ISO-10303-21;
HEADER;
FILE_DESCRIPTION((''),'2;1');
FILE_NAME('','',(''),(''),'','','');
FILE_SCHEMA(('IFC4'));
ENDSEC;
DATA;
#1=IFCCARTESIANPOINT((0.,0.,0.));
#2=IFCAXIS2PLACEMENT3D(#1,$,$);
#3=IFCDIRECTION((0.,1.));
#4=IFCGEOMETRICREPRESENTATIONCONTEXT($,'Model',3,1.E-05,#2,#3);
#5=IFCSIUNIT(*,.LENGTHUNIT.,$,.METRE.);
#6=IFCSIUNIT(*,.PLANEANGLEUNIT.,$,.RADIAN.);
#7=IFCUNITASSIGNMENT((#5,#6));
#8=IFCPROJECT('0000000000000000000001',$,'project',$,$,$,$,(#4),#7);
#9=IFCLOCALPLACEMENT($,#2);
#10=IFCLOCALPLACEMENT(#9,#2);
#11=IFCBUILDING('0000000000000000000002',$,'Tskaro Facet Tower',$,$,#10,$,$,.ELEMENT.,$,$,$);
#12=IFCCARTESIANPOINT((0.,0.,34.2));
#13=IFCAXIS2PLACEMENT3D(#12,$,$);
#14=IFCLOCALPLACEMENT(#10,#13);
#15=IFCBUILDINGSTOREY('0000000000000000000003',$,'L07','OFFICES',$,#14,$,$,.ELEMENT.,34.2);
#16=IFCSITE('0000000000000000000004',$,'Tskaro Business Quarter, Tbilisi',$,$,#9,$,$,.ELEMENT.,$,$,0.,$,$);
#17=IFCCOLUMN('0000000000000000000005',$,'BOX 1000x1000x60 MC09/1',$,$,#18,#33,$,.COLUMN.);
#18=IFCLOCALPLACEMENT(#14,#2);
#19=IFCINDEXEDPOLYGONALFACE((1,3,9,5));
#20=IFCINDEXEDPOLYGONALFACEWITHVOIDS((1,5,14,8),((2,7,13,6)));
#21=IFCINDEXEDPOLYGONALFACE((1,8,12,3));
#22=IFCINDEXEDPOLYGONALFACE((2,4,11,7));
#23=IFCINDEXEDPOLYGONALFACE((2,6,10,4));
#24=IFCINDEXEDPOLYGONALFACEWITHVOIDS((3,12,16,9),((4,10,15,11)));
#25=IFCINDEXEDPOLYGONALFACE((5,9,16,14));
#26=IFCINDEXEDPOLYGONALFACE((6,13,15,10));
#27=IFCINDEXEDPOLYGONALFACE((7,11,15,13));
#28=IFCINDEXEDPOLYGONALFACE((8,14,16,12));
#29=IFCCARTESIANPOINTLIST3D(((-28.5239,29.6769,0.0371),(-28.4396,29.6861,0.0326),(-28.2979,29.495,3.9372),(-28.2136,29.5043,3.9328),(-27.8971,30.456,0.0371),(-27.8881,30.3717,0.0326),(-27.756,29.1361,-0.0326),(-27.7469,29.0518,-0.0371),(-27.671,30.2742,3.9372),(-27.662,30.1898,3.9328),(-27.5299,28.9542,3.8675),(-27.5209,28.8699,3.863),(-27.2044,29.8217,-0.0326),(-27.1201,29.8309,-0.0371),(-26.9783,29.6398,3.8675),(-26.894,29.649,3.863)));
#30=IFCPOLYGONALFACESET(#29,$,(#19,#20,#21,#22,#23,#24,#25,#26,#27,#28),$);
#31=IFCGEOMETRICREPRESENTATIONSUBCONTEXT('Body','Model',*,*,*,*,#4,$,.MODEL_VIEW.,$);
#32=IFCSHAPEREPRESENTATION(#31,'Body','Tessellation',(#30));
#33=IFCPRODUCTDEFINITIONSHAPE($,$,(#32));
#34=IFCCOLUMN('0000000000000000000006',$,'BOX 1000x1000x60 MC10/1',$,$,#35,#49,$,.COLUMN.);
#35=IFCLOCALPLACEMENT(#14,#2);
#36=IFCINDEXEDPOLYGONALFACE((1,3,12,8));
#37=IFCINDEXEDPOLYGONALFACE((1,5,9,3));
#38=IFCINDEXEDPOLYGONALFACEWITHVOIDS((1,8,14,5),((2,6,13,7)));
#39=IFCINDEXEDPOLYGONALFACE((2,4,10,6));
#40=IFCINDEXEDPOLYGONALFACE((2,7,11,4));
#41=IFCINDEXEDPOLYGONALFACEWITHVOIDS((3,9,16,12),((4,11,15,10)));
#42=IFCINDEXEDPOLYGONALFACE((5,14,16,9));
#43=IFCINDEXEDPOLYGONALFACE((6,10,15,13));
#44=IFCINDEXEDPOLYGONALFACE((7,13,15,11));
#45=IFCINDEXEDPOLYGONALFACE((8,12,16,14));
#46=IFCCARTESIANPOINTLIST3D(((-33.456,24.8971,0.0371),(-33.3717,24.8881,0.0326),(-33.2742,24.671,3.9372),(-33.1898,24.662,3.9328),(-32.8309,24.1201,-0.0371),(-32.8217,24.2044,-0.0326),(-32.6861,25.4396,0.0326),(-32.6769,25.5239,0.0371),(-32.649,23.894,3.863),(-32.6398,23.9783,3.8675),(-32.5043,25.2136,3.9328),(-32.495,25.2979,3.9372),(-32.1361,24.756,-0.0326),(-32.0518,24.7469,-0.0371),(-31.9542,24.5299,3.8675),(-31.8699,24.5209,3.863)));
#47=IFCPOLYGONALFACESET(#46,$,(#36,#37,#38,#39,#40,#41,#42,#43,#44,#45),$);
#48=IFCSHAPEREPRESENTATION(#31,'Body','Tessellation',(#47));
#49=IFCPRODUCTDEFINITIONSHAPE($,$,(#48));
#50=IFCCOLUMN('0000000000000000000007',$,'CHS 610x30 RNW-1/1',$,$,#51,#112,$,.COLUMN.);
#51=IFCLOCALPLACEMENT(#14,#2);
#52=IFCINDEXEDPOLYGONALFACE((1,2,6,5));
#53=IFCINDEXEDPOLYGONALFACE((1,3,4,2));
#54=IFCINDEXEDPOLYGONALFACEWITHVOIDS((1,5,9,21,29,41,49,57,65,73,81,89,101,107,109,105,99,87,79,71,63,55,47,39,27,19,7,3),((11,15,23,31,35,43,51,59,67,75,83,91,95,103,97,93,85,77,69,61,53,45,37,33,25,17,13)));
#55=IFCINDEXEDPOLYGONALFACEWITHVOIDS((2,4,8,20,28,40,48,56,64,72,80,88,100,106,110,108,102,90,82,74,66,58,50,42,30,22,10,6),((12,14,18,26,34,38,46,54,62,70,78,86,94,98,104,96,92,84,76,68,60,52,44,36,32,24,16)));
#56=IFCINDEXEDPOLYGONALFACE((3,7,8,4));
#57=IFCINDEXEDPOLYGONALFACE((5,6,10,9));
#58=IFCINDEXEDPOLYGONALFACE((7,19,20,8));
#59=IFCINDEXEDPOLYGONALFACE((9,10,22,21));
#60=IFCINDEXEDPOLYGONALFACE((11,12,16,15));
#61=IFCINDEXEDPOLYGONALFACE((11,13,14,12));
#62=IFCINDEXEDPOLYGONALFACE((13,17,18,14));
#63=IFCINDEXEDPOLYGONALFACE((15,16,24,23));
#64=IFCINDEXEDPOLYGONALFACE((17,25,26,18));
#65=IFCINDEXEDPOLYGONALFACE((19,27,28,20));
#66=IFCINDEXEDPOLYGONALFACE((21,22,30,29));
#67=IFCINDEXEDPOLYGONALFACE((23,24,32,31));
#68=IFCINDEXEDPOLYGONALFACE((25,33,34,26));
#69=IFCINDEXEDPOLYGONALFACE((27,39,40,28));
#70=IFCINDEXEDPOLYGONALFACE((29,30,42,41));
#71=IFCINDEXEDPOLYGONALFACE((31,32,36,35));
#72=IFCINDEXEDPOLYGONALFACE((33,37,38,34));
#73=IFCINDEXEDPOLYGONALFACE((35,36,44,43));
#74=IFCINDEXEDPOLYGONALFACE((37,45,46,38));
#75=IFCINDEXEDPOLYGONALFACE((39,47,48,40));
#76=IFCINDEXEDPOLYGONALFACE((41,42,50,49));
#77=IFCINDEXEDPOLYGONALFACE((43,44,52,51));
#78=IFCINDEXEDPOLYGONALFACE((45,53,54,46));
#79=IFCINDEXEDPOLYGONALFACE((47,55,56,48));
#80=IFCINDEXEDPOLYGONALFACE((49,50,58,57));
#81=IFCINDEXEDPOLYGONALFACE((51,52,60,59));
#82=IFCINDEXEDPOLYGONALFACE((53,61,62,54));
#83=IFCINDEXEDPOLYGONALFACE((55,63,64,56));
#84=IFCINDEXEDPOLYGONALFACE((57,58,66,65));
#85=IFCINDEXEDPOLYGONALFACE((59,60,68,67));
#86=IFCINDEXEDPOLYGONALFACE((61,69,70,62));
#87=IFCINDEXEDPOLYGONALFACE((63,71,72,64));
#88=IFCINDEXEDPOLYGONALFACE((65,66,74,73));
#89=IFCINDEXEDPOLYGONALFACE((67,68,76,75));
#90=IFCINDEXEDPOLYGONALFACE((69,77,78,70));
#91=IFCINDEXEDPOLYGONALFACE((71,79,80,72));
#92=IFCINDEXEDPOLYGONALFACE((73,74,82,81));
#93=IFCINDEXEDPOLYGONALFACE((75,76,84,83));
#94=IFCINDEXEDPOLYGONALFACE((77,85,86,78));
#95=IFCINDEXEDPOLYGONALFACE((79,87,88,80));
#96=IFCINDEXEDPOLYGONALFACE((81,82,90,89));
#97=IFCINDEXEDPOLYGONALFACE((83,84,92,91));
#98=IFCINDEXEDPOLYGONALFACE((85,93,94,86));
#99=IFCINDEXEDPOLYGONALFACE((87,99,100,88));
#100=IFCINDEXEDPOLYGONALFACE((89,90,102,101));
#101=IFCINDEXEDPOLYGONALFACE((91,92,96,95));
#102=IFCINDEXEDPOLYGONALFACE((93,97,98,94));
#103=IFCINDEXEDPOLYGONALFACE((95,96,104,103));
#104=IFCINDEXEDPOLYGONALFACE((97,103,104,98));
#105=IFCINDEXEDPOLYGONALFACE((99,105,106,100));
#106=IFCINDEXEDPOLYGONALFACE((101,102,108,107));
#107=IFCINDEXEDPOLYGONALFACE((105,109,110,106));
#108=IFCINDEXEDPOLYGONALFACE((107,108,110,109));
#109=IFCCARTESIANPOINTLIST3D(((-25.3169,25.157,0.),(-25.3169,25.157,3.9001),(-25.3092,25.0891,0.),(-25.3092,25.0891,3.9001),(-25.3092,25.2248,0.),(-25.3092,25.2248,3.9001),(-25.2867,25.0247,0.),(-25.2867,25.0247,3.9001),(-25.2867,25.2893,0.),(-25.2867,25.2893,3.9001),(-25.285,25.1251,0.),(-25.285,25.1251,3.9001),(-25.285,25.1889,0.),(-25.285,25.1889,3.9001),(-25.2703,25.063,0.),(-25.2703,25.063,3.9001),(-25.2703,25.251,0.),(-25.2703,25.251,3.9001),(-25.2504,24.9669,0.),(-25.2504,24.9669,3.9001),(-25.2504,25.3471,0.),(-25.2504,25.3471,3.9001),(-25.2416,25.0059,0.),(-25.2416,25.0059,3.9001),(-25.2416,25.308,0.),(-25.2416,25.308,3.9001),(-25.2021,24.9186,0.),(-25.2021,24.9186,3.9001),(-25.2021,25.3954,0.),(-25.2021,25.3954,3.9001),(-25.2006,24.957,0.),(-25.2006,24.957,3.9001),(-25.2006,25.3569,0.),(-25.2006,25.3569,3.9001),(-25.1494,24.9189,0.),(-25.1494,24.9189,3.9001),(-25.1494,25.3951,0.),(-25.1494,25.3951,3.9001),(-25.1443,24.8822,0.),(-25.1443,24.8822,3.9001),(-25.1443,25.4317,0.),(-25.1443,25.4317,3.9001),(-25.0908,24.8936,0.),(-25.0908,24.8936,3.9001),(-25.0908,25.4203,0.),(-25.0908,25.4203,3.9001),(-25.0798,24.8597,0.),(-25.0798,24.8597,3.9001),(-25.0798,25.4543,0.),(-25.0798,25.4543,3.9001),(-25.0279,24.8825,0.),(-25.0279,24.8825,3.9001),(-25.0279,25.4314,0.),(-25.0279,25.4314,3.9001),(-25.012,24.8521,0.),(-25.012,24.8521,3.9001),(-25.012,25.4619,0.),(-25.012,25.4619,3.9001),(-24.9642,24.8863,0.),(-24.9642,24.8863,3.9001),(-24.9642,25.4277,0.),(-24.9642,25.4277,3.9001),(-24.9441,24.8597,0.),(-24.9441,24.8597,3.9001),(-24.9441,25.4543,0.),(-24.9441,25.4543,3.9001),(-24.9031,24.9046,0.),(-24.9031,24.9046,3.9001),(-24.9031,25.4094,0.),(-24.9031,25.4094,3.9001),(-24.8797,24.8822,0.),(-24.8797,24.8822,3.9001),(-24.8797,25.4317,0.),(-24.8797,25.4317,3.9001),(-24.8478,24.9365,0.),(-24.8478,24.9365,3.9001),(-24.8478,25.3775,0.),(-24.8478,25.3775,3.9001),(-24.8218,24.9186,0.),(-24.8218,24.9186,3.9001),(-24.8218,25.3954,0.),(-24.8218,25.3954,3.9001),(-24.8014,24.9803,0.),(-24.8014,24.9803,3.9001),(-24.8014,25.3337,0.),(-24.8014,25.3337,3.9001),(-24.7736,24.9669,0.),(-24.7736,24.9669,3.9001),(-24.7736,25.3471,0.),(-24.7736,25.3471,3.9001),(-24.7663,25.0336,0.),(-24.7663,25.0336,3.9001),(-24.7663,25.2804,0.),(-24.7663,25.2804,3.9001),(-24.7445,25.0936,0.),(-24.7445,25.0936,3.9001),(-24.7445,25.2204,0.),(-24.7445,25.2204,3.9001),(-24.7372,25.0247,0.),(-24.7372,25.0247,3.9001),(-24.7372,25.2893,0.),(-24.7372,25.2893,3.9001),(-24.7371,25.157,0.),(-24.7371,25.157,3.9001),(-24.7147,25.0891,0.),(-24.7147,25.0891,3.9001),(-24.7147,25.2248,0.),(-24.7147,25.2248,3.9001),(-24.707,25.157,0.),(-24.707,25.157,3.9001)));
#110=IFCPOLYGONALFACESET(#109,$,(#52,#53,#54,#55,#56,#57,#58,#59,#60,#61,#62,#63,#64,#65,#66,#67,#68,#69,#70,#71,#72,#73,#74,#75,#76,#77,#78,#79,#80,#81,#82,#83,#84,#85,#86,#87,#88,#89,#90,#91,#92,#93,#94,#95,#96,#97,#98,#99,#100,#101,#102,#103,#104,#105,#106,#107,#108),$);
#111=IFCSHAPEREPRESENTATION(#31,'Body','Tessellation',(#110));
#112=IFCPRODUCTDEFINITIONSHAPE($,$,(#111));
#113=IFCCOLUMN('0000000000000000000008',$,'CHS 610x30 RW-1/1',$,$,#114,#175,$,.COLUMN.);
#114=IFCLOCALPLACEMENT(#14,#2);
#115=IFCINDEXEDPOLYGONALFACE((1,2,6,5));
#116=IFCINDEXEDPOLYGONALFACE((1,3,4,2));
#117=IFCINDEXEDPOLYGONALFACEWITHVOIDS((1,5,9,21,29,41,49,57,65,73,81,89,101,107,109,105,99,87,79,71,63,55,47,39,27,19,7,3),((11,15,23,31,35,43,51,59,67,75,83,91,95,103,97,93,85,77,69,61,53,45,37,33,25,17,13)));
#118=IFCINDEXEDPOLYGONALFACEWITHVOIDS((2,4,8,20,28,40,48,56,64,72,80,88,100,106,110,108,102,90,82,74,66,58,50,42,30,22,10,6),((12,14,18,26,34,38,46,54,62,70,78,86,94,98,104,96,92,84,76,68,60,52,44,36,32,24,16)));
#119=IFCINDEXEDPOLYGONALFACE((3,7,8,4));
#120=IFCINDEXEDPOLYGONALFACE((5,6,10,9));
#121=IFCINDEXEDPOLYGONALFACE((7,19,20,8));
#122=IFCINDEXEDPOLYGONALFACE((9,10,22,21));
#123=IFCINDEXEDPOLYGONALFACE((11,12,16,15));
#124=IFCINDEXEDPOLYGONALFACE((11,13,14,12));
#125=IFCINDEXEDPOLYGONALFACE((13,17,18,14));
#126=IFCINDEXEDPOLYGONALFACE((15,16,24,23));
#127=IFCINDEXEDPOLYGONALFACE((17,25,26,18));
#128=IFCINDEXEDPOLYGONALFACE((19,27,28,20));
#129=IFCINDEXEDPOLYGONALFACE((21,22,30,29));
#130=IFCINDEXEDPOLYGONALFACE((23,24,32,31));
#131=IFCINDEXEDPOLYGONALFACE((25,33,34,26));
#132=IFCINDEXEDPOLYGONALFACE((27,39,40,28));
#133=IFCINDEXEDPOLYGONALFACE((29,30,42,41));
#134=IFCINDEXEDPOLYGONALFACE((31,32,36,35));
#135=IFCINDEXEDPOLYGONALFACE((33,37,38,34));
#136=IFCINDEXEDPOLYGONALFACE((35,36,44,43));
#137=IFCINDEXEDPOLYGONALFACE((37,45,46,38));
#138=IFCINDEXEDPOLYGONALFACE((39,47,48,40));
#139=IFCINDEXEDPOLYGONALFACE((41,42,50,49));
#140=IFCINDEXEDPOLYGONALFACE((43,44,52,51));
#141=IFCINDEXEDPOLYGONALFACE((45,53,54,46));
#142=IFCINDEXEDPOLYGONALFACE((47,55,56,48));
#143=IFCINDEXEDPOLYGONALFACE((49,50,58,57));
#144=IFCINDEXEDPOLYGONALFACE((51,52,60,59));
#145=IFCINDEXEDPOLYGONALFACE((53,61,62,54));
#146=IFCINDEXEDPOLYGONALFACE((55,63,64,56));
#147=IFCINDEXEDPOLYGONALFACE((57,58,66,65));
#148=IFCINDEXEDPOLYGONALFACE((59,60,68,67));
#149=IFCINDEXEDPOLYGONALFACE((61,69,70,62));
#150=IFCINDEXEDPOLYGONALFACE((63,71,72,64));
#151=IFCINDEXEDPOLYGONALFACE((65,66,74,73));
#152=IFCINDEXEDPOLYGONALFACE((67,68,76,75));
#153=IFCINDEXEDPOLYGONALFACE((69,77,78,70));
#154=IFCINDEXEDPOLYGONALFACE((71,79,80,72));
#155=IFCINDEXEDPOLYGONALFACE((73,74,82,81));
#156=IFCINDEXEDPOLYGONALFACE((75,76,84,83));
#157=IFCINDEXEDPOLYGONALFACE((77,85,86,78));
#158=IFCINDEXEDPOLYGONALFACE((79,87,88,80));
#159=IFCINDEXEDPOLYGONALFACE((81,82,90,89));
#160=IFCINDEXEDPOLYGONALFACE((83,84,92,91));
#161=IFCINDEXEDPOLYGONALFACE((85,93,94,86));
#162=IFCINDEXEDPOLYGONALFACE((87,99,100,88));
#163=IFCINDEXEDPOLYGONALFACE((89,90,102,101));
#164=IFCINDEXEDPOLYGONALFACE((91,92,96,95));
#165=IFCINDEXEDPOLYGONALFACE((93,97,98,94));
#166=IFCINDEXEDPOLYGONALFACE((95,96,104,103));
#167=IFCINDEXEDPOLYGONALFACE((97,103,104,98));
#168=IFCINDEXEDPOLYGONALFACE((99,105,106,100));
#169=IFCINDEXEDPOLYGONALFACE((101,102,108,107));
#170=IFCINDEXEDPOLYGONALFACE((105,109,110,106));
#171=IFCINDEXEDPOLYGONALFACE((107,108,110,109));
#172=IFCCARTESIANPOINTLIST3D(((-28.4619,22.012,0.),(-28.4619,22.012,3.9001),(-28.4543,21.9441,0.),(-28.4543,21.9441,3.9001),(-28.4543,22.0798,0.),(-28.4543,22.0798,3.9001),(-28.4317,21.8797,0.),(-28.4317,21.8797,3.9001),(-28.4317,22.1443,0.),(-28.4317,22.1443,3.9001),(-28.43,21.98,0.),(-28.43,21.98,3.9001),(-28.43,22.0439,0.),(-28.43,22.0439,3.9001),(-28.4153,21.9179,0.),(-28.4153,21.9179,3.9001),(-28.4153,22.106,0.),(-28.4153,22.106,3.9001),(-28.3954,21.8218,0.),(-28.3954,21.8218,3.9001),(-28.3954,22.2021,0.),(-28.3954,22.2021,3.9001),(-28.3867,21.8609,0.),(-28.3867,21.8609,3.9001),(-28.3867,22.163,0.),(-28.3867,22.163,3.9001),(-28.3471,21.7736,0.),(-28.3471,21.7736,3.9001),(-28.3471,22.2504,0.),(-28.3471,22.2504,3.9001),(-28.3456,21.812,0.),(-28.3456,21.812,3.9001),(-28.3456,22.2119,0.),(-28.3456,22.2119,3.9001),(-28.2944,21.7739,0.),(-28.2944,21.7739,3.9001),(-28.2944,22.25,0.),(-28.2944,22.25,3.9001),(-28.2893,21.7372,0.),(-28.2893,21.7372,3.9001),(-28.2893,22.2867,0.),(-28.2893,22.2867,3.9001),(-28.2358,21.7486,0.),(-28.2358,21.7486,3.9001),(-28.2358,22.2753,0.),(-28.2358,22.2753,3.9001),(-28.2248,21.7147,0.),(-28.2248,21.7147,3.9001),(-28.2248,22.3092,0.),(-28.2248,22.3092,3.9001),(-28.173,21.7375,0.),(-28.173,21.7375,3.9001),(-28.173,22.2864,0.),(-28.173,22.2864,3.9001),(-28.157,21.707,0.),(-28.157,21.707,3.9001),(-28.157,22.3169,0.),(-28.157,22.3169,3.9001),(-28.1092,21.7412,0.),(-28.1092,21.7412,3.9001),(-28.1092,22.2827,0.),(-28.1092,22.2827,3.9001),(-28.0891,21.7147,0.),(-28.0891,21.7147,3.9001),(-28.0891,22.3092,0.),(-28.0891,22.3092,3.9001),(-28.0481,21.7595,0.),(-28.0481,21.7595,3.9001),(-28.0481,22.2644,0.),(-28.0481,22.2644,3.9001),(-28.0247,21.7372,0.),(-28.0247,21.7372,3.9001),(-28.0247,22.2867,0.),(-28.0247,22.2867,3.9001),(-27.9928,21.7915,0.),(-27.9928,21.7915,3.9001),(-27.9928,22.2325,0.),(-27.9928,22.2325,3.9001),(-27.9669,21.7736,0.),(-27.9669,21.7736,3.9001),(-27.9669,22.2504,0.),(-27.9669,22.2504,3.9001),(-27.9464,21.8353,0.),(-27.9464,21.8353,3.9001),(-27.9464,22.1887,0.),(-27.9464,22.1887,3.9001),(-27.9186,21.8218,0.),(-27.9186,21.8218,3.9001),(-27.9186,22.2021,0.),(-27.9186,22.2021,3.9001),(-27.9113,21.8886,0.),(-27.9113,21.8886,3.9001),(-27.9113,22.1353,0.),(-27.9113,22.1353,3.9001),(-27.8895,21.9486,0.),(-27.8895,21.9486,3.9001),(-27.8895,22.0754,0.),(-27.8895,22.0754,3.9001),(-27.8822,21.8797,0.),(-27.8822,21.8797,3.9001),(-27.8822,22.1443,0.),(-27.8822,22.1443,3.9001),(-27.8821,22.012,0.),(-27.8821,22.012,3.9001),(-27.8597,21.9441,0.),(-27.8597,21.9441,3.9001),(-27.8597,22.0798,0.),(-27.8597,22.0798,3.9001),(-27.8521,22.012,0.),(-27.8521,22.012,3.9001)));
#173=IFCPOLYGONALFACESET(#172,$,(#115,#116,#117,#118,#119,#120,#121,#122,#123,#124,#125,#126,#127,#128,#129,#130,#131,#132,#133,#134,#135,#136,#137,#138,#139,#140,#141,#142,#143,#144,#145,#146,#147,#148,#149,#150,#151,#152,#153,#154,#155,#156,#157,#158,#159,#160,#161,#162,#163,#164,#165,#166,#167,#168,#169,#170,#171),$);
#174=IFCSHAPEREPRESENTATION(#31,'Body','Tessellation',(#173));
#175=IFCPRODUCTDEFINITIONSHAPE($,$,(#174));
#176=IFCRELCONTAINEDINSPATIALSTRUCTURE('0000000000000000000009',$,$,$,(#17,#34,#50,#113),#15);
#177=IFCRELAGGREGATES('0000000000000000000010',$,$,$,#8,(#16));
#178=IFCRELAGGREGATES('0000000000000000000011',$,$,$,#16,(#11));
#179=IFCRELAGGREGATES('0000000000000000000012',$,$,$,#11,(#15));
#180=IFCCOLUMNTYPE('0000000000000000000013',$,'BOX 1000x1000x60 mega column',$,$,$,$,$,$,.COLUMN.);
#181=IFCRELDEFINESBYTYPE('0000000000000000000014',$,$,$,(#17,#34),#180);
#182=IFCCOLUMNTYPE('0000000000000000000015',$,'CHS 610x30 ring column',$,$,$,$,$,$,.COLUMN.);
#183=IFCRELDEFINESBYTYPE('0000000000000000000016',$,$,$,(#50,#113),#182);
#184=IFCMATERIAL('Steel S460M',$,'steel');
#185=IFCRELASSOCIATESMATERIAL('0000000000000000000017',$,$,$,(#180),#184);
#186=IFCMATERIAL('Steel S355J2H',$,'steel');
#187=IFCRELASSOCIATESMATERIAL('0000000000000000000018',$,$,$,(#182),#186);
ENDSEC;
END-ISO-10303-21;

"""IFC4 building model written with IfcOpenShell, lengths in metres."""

from ifc_helpers import new_model, si_unit, direction, frame, origin, origin_2d, place, context, subcontext, project, spatial, hollow_rectangle, hollow_circle, extrude, material, material_profile, profile_set, type_object, element, save


model = new_model("IFC4")

# Units and contexts
model_context = context("Model", 3, precision=1e-05, world=origin(), true_north=direction((0.0, 1.0)))
body_context = subcontext(model_context, "Body", "Model", "MODEL_VIEW")
ifc_project = project(units=[si_unit("LENGTHUNIT", "METRE"), si_unit("PLANEANGLEUNIT", "RADIAN")], contexts=[model_context])

# Site, building, storey
site_placement = place(None, origin())
site = spatial("IfcSite", under=ifc_project, at=site_placement, Name="Tskaro Business Quarter, Tbilisi", CompositionType="ELEMENT", RefElevation=0.0)
building_placement = place(site_placement, origin())
building = spatial("IfcBuilding", under=site, at=building_placement, Name="Tskaro Facet Tower", CompositionType="ELEMENT")
storey_placement = place(building_placement, frame((0.0, 0.0, 34.2)))
storey = spatial("IfcBuildingStorey", under=building, at=storey_placement, Name="L07", Description="OFFICES", CompositionType="ELEMENT", Elevation=34.2)

# Columns
ifc_material_1 = material(Name="Steel S460M", Category="steel")
ifc_material_profile_1 = material_profile(ifc_material_1, hollow_rectangle(XDim=1.0, YDim=1.0, WallThickness=0.0601, at=origin_2d()), Name="BOX 1000x1000x60")
ifc_profile_set_1 = profile_set([ifc_material_profile_1], Name="Steel S460M")
column_type_1 = type_object("IfcColumnType", Name="BOX 1000x1000x60 mega column", PredefinedType="COLUMN", material=ifc_profile_set_1)
for number, where, z_axis, x_axis, name in (
    (1, (-27.822, 29.7539, 0.0), (0.057806, -0.046507, 0.997244), (0.626847, 0.779142, 0.0), "BOX 1000x1000x60 MC09/1"),
    (2, (-32.7539, 24.822, 0.0), (0.046507, -0.057806, 0.997244), (0.779142, 0.626847, 0.0), "BOX 1000x1000x60 MC10/1"),
):
    element("IfcColumn", number, at=place(storey_placement, frame(where, z_axis=z_axis, x_axis=x_axis)), inside=storey, type_object=column_type_1, Name=name, PredefinedType="COLUMN", context=body_context, shape_type="SweptSolid", body=[
        extrude(hollow_rectangle(XDim=1.0, YDim=1.0, WallThickness=0.0601, at=origin_2d()), origin(), (0.0, 0.0, 1.0), 3.9109),
    ])
ifc_material_2 = material(Name="Steel S355J2H", Category="steel")
ifc_material_profile_2 = material_profile(ifc_material_2, hollow_circle(Radius=0.3049, WallThickness=0.03, at=origin_2d()), Name="CHS 610x30")
ifc_profile_set_2 = profile_set([ifc_material_profile_2], Name="Steel S355J2H")
column_type_2 = type_object("IfcColumnType", Name="CHS 610x30 ring column", PredefinedType="COLUMN", material=ifc_profile_set_2)
for number, where, z_axis, x_axis, name in (
    (3, (-25.012, 25.157, 0.0), (0.0, 0.0, 1.0), (1.0, 0.0, 0.0), "CHS 610x30 RNW-1/1"),
    (4, (-28.157, 22.012, 0.0), (0.0, 0.0, 1.0), (1.0, 0.0, 0.0), "CHS 610x30 RW-1/1"),
):
    element("IfcColumn", number, at=place(storey_placement, frame(where, z_axis=z_axis, x_axis=x_axis)), inside=storey, type_object=column_type_2, Name=name, PredefinedType="COLUMN", context=body_context, shape_type="SweptSolid", body=[
        extrude(hollow_circle(Radius=0.3049, WallThickness=0.03, at=origin_2d()), origin(), (0.0, 0.0, 1.0), 3.9001),
    ])

save(model, "model.ifc")
